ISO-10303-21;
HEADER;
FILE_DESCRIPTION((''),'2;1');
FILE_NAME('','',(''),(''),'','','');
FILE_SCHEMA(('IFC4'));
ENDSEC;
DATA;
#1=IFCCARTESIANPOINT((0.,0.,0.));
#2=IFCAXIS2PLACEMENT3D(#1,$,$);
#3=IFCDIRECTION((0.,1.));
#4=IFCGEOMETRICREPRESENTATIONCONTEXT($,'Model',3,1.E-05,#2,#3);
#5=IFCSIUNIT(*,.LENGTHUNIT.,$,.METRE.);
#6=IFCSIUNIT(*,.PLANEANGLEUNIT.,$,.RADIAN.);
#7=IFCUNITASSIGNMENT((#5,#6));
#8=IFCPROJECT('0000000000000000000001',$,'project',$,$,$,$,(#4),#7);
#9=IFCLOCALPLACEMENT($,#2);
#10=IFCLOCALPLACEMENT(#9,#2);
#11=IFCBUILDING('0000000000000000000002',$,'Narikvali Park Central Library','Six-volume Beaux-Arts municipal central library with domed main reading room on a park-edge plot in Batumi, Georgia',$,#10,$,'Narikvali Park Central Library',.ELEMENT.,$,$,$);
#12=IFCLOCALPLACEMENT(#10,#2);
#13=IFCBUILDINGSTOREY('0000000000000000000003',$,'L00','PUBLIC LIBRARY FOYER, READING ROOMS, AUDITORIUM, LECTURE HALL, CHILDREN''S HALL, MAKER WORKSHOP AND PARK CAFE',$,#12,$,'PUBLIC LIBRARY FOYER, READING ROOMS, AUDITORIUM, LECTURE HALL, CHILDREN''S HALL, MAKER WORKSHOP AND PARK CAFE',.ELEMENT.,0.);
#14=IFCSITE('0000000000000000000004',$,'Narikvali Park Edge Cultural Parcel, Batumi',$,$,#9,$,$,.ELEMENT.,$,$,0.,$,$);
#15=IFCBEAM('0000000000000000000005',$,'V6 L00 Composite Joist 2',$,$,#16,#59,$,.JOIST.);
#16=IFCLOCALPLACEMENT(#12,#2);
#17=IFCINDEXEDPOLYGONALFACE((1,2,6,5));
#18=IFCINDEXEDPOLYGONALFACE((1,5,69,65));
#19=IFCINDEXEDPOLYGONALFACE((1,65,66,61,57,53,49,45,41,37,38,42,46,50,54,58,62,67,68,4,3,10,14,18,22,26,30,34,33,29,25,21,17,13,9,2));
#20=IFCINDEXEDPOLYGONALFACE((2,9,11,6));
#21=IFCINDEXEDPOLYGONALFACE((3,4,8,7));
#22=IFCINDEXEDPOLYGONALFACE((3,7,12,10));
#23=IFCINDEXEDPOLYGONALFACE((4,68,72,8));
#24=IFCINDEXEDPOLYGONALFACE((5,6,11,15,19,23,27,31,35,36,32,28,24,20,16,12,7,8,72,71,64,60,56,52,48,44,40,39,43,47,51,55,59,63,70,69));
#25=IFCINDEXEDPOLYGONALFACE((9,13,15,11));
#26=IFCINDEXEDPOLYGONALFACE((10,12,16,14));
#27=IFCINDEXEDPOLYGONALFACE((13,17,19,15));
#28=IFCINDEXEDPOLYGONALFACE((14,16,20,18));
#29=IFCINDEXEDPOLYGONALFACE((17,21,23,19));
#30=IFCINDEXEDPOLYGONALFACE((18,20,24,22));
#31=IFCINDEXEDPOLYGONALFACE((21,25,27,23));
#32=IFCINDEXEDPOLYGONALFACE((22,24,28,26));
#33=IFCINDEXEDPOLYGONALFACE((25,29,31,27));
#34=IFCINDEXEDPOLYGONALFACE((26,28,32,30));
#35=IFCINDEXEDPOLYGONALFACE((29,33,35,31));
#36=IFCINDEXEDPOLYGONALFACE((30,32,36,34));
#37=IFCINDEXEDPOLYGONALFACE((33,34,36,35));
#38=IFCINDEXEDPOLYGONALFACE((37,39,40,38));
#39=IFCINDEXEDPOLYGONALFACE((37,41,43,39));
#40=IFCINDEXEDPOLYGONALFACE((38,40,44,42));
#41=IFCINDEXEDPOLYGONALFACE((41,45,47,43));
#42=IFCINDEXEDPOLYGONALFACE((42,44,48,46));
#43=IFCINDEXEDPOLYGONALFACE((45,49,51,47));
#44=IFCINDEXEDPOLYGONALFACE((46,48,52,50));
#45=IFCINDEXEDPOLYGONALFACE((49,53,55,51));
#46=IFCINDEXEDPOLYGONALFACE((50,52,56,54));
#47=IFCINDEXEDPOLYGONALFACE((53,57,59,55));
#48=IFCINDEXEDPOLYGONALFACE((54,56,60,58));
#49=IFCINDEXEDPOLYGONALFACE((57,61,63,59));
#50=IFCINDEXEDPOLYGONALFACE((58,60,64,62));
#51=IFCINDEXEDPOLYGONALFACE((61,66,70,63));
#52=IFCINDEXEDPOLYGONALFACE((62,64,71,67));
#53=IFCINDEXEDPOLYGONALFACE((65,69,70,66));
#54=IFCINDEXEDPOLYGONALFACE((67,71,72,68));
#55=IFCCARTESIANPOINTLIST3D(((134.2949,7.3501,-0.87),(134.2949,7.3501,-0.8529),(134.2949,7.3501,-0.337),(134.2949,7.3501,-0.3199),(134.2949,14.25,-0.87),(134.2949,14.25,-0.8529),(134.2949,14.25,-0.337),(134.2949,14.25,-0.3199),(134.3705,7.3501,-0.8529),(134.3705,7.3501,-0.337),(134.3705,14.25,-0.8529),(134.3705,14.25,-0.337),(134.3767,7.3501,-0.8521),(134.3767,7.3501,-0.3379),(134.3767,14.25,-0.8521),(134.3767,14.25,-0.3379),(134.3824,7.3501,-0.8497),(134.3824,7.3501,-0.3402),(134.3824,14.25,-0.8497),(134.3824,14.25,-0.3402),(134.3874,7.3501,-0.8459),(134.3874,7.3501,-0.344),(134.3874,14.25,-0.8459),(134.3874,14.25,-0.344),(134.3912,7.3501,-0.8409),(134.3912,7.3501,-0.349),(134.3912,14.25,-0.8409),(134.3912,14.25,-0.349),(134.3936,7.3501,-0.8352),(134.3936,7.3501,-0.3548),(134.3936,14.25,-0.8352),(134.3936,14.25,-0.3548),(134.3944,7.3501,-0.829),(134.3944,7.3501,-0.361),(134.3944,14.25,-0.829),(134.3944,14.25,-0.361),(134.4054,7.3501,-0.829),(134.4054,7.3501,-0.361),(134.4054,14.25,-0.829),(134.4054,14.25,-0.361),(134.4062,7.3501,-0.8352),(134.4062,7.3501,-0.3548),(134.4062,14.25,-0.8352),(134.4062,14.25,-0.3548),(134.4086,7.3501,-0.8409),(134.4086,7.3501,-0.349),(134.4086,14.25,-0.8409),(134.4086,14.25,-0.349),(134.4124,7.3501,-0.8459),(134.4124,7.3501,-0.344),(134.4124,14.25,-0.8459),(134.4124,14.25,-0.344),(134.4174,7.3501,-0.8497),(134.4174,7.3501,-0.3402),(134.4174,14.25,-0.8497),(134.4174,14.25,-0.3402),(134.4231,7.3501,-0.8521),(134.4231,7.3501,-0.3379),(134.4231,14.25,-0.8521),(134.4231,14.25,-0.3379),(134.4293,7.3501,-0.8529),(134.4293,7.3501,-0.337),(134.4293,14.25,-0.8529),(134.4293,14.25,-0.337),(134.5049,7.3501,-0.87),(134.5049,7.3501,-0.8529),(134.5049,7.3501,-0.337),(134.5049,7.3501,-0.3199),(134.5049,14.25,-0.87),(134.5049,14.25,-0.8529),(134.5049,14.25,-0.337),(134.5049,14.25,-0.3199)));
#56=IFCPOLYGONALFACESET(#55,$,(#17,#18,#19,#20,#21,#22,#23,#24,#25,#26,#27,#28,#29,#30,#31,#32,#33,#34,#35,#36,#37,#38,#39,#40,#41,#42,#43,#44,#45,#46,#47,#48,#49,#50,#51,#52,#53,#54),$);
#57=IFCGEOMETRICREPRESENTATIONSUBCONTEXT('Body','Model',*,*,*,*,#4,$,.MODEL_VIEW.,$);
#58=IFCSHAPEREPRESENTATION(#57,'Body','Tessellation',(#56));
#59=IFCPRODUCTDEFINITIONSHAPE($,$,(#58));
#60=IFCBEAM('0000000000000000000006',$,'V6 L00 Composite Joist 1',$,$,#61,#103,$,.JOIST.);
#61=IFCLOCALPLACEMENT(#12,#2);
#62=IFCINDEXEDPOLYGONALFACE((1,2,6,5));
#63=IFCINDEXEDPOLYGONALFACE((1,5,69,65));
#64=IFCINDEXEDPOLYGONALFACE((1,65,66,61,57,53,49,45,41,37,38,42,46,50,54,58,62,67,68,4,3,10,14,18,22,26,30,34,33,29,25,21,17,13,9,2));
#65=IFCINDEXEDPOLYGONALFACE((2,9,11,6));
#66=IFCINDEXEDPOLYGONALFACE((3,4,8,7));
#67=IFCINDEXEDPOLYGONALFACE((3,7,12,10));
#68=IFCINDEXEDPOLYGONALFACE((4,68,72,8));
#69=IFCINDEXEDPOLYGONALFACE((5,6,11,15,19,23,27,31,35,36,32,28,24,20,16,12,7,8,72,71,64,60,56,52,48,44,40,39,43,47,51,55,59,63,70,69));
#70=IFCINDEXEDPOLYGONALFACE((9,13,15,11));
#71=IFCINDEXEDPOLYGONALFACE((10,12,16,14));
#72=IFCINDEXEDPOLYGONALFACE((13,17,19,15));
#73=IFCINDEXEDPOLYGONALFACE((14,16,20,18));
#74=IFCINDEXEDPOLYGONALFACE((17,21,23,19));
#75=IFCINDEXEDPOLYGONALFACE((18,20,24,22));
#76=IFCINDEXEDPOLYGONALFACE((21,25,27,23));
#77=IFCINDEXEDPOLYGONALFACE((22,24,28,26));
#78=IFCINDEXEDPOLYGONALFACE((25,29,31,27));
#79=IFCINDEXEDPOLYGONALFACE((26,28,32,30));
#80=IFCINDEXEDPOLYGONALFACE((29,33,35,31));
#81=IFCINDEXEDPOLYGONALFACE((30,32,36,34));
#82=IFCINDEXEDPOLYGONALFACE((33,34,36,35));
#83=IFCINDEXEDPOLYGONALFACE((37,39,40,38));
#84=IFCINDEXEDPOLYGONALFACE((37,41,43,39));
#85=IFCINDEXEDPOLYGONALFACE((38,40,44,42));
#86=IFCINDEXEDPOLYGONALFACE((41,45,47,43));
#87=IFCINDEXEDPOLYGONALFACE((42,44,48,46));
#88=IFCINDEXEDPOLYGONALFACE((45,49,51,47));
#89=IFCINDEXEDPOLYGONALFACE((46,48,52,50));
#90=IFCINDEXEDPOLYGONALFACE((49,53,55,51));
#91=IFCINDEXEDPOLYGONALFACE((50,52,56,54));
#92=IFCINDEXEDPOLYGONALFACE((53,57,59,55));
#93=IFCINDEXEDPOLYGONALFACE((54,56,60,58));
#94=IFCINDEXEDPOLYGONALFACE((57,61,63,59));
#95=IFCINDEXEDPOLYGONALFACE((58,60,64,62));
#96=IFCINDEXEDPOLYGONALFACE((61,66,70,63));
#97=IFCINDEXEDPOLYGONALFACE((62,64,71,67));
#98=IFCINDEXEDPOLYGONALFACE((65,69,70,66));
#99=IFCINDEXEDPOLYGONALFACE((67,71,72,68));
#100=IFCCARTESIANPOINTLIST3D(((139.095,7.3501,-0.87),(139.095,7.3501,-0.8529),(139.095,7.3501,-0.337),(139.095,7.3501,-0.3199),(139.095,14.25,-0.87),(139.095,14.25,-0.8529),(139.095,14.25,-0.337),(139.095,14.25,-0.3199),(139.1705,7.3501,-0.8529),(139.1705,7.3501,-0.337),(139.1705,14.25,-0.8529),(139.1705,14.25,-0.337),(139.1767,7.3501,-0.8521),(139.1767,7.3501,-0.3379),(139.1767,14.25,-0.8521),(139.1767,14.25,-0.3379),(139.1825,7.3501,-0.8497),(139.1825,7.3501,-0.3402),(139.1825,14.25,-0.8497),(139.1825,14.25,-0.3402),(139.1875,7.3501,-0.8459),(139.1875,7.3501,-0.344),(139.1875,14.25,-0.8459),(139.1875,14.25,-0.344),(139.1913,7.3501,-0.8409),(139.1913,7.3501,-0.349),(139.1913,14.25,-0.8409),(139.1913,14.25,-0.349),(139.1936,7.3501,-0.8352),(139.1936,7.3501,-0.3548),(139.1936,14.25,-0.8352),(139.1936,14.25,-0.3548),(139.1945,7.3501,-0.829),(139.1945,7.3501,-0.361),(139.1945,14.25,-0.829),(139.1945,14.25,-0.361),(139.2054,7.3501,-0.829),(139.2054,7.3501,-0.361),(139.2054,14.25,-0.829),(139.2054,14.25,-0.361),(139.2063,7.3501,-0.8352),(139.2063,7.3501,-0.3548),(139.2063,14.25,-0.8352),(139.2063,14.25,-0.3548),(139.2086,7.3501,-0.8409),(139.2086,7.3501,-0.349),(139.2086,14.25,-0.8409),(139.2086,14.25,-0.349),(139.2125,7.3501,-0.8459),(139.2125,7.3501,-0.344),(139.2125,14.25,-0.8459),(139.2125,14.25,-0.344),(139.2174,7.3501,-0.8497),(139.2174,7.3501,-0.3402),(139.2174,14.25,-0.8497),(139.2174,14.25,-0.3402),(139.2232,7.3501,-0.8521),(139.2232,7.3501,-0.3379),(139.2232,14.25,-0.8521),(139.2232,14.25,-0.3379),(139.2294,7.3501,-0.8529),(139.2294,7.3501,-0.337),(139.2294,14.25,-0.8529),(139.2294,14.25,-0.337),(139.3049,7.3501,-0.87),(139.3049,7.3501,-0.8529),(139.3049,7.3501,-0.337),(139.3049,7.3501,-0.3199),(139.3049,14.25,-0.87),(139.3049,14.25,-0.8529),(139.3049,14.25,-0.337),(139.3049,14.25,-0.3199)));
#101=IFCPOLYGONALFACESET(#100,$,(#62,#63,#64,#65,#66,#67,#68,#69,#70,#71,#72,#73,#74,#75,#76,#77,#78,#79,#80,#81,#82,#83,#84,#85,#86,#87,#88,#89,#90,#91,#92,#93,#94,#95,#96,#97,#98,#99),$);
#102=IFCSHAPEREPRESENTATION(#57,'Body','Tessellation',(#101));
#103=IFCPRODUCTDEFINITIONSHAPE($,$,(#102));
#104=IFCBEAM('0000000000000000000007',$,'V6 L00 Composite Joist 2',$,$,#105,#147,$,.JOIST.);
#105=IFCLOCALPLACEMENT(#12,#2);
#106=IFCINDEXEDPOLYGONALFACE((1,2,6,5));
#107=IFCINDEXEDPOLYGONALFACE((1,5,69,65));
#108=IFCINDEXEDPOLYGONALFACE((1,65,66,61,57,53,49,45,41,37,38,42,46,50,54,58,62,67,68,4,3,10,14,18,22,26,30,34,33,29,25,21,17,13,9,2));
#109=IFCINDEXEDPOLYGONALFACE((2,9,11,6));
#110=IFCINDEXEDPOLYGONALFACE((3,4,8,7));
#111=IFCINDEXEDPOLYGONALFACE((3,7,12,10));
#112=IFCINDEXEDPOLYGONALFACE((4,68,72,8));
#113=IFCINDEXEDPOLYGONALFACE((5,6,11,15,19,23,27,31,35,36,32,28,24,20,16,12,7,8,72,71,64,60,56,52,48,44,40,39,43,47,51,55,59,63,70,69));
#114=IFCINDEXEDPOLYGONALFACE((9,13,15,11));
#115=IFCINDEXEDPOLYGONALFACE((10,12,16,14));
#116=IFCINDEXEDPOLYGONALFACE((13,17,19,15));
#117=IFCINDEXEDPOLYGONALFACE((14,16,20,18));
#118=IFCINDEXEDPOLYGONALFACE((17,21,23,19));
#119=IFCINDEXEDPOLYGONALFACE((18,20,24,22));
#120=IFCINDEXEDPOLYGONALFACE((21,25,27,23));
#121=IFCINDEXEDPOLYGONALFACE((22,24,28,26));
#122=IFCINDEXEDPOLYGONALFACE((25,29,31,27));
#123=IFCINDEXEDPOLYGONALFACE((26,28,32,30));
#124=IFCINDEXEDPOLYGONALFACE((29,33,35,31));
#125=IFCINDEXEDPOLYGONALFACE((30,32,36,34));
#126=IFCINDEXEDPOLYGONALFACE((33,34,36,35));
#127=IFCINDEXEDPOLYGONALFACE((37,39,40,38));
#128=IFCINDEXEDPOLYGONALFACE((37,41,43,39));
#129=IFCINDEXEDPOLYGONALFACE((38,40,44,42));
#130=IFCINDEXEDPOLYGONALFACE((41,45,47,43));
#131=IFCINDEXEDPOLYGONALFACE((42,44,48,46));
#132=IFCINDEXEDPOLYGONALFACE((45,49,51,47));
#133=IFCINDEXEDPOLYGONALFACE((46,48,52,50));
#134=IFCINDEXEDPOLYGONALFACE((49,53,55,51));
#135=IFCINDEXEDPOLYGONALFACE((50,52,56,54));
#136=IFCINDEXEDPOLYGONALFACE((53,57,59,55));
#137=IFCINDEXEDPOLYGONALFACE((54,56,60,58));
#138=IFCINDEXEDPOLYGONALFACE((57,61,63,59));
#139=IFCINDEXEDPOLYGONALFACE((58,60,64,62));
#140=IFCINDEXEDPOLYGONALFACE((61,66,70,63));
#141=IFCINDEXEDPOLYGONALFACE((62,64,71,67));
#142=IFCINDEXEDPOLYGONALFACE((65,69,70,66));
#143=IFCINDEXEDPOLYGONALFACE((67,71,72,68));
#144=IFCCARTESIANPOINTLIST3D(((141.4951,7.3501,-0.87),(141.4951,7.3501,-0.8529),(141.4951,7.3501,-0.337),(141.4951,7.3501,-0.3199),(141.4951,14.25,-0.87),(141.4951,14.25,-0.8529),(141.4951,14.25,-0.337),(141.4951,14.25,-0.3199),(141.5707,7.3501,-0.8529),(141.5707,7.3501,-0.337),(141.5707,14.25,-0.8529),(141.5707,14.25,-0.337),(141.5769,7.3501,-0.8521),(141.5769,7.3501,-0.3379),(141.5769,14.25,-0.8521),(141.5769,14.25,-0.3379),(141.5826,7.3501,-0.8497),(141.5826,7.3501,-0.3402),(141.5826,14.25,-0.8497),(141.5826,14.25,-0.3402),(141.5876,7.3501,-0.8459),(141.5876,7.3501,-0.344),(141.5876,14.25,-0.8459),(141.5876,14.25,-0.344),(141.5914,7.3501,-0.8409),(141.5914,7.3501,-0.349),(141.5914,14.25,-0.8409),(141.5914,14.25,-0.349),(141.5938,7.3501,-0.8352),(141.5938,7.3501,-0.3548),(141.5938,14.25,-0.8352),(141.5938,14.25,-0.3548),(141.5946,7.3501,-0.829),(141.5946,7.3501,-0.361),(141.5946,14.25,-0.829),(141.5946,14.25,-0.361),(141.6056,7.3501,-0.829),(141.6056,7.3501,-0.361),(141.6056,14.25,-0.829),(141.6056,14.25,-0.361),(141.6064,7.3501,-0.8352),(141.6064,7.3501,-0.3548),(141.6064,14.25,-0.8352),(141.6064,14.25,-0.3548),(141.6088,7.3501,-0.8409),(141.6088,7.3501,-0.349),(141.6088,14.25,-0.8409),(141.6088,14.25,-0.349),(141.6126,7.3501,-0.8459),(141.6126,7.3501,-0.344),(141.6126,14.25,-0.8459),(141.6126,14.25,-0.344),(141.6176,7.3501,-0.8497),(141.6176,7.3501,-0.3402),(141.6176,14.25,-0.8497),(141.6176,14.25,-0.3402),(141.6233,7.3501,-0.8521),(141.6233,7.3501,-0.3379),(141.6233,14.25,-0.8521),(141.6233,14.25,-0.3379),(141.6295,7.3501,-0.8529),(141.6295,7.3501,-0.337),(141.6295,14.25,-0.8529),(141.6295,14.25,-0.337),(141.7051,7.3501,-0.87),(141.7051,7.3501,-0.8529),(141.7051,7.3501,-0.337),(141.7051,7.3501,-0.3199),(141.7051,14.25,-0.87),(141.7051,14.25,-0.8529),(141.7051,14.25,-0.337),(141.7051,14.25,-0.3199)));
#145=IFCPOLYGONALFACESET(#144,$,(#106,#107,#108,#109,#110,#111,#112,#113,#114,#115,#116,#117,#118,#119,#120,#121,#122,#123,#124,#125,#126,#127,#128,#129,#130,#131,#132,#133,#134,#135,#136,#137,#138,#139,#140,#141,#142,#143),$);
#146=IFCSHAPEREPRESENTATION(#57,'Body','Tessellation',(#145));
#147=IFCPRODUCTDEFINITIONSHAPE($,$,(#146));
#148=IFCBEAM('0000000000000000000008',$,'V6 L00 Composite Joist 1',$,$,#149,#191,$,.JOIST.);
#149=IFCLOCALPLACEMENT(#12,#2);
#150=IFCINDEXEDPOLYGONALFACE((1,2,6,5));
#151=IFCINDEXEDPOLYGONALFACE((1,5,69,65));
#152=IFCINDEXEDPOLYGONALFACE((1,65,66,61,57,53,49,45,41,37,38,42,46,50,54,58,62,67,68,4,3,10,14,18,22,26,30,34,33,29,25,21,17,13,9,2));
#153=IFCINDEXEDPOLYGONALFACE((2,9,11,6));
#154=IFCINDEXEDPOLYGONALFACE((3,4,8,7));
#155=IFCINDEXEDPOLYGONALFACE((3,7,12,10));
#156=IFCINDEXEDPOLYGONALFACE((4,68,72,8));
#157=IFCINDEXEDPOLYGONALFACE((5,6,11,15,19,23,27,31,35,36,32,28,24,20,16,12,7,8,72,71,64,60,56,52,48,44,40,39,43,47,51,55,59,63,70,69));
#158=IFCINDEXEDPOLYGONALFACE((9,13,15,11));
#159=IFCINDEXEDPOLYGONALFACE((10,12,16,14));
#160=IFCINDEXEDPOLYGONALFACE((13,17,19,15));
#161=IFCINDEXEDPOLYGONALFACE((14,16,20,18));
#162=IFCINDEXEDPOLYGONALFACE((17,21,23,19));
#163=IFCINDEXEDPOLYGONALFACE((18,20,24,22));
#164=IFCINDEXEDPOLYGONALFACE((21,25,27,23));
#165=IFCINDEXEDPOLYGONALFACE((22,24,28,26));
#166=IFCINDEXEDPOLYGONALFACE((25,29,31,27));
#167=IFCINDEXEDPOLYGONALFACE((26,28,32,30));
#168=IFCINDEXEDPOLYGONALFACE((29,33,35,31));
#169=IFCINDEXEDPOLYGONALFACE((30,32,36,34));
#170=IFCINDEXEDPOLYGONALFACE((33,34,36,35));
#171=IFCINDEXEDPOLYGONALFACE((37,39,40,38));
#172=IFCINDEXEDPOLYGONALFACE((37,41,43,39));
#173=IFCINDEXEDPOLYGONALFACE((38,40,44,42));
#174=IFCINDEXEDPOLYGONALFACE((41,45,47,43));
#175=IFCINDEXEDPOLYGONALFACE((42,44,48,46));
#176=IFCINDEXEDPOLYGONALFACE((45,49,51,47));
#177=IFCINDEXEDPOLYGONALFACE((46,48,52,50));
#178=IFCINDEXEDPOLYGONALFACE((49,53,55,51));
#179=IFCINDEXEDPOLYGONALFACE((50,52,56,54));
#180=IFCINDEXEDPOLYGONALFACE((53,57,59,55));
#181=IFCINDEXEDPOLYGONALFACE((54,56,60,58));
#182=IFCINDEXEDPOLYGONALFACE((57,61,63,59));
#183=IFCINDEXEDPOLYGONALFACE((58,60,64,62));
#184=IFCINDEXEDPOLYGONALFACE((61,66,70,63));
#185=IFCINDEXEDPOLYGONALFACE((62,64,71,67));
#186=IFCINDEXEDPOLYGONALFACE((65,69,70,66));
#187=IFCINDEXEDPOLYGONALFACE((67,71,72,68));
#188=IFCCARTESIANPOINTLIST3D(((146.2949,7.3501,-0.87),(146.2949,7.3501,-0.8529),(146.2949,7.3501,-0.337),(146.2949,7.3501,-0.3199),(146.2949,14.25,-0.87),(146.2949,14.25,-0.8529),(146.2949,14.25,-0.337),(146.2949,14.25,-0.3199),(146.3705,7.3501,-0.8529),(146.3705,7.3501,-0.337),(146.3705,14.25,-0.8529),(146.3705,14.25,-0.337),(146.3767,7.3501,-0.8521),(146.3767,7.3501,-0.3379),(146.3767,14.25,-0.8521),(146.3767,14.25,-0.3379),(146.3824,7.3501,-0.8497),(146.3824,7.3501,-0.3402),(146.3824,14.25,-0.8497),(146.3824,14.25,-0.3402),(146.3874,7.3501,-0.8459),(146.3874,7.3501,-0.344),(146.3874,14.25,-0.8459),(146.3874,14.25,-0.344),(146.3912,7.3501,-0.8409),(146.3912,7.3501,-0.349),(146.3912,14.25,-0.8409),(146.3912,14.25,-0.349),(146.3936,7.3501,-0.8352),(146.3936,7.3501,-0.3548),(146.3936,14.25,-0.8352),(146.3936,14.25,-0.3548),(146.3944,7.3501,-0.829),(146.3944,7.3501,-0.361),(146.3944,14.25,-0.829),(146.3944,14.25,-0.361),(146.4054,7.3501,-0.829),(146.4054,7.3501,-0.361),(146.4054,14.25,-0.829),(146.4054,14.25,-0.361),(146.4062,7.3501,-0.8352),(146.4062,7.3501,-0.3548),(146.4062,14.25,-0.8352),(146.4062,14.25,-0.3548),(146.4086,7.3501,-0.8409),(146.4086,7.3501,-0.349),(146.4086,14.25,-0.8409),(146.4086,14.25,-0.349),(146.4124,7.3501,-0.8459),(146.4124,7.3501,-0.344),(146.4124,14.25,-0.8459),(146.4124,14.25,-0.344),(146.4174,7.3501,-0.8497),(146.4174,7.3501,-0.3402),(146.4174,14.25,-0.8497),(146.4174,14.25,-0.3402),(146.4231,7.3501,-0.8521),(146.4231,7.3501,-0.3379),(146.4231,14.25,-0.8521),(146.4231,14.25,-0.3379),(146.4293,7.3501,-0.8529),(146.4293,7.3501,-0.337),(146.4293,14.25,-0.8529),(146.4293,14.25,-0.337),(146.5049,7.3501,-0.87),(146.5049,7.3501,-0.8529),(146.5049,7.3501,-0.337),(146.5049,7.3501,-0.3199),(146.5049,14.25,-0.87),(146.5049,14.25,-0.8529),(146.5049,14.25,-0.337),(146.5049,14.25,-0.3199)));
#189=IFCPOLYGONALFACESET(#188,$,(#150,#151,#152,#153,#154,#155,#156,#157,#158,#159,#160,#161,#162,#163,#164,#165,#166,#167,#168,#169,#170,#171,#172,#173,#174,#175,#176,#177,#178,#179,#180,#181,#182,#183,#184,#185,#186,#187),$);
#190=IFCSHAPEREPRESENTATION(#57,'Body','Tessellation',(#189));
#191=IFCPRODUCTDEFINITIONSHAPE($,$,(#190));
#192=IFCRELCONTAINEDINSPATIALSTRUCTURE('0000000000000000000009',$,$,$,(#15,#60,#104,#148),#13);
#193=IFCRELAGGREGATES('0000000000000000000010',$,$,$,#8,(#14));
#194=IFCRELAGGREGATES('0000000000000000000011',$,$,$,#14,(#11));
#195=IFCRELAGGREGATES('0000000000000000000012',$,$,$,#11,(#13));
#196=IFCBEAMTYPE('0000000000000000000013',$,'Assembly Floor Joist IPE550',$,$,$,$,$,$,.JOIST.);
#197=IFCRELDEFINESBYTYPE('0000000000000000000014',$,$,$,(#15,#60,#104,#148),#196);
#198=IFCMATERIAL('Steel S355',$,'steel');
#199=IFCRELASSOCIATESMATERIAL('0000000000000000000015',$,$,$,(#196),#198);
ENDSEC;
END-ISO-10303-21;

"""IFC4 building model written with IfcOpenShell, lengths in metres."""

from ifc_helpers import new_model, si_unit, direction, frame, origin, origin_2d, place, context, subcontext, project, spatial, i_section, extrude, material, material_profile, profile_set, type_object, element, save


model = new_model("IFC4")

# Units and contexts
model_context = context("Model", 3, precision=1e-05, world=origin(), true_north=direction((0.0, 1.0)))
body_context = subcontext(model_context, "Body", "Model", "MODEL_VIEW")
ifc_project = project(units=[si_unit("LENGTHUNIT", "METRE"), si_unit("PLANEANGLEUNIT", "RADIAN")], contexts=[model_context])

# Site, building, storey
site_placement = place(None, origin())
site = spatial("IfcSite", under=ifc_project, at=site_placement, Name="Narikvali Park Edge Cultural Parcel, Batumi", CompositionType="ELEMENT", RefElevation=0.0)
building_placement = place(site_placement, origin())
building = spatial("IfcBuilding", under=site, at=building_placement, Name="Narikvali Park Central Library", Description="Six-volume Beaux-Arts municipal central library with domed main reading room on a park-edge plot in Batumi, Georgia", LongName="Narikvali Park Central Library", CompositionType="ELEMENT")
storey_placement = place(building_placement, origin())
storey = spatial("IfcBuildingStorey", under=building, at=storey_placement, Name="L00", Description="PUBLIC LIBRARY FOYER, READING ROOMS, AUDITORIUM, LECTURE HALL, CHILDREN'S HALL, MAKER WORKSHOP AND PARK CAFE", LongName="PUBLIC LIBRARY FOYER, READING ROOMS, AUDITORIUM, LECTURE HALL, CHILDREN'S HALL, MAKER WORKSHOP AND PARK CAFE", CompositionType="ELEMENT", Elevation=0.0)

# Shared definitions
ifc_material_1 = material(Name="Steel S355", Category="steel")

# Beams
ifc_material_profile_1 = material_profile(ifc_material_1, i_section(OverallWidth=0.21, OverallDepth=0.55, WebThickness=0.011, FlangeThickness=0.0171, FilletRadius=0.0239, at=origin_2d()), Name="IPE 550")
ifc_profile_set_1 = profile_set([ifc_material_profile_1], Name="Steel S355")
beam_type_1 = type_object("IfcBeamType", Name="Assembly Floor Joist IPE550", PredefinedType="JOIST", material=ifc_profile_set_1)
for number, where, z_axis, x_axis, name in (
    (1, (134.3999, 7.3501, -0.595), (0.0, 1.0, 0.0), (-1.0, 0.0, 0.0), "V6 L00 Composite Joist 2"),
    (2, (139.2, 7.3501, -0.595), (0.0, 1.0, 0.0), (-1.0, 0.0, 0.0), "V6 L00 Composite Joist 1"),
    (3, (141.6001, 7.3501, -0.595), (0.0, 1.0, 0.0), (-1.0, 0.0, 0.0), "V6 L00 Composite Joist 2"),
    (4, (146.3999, 7.3501, -0.595), (0.0, 1.0, 0.0), (-1.0, 0.0, 0.0), "V6 L00 Composite Joist 1"),
):
    element("IfcBeam", number, at=place(storey_placement, frame(where, z_axis=z_axis, x_axis=x_axis)), inside=storey, type_object=beam_type_1, Name=name, PredefinedType="JOIST", context=body_context, shape_type="SweptSolid", body=[
        extrude(i_section(OverallWidth=0.21, OverallDepth=0.55, WebThickness=0.011, FlangeThickness=0.0171, FilletRadius=0.0239, at=origin_2d()), origin(), (0.0, 0.0, 1.0), 6.8999),
    ])

save(model, "model.ifc")
